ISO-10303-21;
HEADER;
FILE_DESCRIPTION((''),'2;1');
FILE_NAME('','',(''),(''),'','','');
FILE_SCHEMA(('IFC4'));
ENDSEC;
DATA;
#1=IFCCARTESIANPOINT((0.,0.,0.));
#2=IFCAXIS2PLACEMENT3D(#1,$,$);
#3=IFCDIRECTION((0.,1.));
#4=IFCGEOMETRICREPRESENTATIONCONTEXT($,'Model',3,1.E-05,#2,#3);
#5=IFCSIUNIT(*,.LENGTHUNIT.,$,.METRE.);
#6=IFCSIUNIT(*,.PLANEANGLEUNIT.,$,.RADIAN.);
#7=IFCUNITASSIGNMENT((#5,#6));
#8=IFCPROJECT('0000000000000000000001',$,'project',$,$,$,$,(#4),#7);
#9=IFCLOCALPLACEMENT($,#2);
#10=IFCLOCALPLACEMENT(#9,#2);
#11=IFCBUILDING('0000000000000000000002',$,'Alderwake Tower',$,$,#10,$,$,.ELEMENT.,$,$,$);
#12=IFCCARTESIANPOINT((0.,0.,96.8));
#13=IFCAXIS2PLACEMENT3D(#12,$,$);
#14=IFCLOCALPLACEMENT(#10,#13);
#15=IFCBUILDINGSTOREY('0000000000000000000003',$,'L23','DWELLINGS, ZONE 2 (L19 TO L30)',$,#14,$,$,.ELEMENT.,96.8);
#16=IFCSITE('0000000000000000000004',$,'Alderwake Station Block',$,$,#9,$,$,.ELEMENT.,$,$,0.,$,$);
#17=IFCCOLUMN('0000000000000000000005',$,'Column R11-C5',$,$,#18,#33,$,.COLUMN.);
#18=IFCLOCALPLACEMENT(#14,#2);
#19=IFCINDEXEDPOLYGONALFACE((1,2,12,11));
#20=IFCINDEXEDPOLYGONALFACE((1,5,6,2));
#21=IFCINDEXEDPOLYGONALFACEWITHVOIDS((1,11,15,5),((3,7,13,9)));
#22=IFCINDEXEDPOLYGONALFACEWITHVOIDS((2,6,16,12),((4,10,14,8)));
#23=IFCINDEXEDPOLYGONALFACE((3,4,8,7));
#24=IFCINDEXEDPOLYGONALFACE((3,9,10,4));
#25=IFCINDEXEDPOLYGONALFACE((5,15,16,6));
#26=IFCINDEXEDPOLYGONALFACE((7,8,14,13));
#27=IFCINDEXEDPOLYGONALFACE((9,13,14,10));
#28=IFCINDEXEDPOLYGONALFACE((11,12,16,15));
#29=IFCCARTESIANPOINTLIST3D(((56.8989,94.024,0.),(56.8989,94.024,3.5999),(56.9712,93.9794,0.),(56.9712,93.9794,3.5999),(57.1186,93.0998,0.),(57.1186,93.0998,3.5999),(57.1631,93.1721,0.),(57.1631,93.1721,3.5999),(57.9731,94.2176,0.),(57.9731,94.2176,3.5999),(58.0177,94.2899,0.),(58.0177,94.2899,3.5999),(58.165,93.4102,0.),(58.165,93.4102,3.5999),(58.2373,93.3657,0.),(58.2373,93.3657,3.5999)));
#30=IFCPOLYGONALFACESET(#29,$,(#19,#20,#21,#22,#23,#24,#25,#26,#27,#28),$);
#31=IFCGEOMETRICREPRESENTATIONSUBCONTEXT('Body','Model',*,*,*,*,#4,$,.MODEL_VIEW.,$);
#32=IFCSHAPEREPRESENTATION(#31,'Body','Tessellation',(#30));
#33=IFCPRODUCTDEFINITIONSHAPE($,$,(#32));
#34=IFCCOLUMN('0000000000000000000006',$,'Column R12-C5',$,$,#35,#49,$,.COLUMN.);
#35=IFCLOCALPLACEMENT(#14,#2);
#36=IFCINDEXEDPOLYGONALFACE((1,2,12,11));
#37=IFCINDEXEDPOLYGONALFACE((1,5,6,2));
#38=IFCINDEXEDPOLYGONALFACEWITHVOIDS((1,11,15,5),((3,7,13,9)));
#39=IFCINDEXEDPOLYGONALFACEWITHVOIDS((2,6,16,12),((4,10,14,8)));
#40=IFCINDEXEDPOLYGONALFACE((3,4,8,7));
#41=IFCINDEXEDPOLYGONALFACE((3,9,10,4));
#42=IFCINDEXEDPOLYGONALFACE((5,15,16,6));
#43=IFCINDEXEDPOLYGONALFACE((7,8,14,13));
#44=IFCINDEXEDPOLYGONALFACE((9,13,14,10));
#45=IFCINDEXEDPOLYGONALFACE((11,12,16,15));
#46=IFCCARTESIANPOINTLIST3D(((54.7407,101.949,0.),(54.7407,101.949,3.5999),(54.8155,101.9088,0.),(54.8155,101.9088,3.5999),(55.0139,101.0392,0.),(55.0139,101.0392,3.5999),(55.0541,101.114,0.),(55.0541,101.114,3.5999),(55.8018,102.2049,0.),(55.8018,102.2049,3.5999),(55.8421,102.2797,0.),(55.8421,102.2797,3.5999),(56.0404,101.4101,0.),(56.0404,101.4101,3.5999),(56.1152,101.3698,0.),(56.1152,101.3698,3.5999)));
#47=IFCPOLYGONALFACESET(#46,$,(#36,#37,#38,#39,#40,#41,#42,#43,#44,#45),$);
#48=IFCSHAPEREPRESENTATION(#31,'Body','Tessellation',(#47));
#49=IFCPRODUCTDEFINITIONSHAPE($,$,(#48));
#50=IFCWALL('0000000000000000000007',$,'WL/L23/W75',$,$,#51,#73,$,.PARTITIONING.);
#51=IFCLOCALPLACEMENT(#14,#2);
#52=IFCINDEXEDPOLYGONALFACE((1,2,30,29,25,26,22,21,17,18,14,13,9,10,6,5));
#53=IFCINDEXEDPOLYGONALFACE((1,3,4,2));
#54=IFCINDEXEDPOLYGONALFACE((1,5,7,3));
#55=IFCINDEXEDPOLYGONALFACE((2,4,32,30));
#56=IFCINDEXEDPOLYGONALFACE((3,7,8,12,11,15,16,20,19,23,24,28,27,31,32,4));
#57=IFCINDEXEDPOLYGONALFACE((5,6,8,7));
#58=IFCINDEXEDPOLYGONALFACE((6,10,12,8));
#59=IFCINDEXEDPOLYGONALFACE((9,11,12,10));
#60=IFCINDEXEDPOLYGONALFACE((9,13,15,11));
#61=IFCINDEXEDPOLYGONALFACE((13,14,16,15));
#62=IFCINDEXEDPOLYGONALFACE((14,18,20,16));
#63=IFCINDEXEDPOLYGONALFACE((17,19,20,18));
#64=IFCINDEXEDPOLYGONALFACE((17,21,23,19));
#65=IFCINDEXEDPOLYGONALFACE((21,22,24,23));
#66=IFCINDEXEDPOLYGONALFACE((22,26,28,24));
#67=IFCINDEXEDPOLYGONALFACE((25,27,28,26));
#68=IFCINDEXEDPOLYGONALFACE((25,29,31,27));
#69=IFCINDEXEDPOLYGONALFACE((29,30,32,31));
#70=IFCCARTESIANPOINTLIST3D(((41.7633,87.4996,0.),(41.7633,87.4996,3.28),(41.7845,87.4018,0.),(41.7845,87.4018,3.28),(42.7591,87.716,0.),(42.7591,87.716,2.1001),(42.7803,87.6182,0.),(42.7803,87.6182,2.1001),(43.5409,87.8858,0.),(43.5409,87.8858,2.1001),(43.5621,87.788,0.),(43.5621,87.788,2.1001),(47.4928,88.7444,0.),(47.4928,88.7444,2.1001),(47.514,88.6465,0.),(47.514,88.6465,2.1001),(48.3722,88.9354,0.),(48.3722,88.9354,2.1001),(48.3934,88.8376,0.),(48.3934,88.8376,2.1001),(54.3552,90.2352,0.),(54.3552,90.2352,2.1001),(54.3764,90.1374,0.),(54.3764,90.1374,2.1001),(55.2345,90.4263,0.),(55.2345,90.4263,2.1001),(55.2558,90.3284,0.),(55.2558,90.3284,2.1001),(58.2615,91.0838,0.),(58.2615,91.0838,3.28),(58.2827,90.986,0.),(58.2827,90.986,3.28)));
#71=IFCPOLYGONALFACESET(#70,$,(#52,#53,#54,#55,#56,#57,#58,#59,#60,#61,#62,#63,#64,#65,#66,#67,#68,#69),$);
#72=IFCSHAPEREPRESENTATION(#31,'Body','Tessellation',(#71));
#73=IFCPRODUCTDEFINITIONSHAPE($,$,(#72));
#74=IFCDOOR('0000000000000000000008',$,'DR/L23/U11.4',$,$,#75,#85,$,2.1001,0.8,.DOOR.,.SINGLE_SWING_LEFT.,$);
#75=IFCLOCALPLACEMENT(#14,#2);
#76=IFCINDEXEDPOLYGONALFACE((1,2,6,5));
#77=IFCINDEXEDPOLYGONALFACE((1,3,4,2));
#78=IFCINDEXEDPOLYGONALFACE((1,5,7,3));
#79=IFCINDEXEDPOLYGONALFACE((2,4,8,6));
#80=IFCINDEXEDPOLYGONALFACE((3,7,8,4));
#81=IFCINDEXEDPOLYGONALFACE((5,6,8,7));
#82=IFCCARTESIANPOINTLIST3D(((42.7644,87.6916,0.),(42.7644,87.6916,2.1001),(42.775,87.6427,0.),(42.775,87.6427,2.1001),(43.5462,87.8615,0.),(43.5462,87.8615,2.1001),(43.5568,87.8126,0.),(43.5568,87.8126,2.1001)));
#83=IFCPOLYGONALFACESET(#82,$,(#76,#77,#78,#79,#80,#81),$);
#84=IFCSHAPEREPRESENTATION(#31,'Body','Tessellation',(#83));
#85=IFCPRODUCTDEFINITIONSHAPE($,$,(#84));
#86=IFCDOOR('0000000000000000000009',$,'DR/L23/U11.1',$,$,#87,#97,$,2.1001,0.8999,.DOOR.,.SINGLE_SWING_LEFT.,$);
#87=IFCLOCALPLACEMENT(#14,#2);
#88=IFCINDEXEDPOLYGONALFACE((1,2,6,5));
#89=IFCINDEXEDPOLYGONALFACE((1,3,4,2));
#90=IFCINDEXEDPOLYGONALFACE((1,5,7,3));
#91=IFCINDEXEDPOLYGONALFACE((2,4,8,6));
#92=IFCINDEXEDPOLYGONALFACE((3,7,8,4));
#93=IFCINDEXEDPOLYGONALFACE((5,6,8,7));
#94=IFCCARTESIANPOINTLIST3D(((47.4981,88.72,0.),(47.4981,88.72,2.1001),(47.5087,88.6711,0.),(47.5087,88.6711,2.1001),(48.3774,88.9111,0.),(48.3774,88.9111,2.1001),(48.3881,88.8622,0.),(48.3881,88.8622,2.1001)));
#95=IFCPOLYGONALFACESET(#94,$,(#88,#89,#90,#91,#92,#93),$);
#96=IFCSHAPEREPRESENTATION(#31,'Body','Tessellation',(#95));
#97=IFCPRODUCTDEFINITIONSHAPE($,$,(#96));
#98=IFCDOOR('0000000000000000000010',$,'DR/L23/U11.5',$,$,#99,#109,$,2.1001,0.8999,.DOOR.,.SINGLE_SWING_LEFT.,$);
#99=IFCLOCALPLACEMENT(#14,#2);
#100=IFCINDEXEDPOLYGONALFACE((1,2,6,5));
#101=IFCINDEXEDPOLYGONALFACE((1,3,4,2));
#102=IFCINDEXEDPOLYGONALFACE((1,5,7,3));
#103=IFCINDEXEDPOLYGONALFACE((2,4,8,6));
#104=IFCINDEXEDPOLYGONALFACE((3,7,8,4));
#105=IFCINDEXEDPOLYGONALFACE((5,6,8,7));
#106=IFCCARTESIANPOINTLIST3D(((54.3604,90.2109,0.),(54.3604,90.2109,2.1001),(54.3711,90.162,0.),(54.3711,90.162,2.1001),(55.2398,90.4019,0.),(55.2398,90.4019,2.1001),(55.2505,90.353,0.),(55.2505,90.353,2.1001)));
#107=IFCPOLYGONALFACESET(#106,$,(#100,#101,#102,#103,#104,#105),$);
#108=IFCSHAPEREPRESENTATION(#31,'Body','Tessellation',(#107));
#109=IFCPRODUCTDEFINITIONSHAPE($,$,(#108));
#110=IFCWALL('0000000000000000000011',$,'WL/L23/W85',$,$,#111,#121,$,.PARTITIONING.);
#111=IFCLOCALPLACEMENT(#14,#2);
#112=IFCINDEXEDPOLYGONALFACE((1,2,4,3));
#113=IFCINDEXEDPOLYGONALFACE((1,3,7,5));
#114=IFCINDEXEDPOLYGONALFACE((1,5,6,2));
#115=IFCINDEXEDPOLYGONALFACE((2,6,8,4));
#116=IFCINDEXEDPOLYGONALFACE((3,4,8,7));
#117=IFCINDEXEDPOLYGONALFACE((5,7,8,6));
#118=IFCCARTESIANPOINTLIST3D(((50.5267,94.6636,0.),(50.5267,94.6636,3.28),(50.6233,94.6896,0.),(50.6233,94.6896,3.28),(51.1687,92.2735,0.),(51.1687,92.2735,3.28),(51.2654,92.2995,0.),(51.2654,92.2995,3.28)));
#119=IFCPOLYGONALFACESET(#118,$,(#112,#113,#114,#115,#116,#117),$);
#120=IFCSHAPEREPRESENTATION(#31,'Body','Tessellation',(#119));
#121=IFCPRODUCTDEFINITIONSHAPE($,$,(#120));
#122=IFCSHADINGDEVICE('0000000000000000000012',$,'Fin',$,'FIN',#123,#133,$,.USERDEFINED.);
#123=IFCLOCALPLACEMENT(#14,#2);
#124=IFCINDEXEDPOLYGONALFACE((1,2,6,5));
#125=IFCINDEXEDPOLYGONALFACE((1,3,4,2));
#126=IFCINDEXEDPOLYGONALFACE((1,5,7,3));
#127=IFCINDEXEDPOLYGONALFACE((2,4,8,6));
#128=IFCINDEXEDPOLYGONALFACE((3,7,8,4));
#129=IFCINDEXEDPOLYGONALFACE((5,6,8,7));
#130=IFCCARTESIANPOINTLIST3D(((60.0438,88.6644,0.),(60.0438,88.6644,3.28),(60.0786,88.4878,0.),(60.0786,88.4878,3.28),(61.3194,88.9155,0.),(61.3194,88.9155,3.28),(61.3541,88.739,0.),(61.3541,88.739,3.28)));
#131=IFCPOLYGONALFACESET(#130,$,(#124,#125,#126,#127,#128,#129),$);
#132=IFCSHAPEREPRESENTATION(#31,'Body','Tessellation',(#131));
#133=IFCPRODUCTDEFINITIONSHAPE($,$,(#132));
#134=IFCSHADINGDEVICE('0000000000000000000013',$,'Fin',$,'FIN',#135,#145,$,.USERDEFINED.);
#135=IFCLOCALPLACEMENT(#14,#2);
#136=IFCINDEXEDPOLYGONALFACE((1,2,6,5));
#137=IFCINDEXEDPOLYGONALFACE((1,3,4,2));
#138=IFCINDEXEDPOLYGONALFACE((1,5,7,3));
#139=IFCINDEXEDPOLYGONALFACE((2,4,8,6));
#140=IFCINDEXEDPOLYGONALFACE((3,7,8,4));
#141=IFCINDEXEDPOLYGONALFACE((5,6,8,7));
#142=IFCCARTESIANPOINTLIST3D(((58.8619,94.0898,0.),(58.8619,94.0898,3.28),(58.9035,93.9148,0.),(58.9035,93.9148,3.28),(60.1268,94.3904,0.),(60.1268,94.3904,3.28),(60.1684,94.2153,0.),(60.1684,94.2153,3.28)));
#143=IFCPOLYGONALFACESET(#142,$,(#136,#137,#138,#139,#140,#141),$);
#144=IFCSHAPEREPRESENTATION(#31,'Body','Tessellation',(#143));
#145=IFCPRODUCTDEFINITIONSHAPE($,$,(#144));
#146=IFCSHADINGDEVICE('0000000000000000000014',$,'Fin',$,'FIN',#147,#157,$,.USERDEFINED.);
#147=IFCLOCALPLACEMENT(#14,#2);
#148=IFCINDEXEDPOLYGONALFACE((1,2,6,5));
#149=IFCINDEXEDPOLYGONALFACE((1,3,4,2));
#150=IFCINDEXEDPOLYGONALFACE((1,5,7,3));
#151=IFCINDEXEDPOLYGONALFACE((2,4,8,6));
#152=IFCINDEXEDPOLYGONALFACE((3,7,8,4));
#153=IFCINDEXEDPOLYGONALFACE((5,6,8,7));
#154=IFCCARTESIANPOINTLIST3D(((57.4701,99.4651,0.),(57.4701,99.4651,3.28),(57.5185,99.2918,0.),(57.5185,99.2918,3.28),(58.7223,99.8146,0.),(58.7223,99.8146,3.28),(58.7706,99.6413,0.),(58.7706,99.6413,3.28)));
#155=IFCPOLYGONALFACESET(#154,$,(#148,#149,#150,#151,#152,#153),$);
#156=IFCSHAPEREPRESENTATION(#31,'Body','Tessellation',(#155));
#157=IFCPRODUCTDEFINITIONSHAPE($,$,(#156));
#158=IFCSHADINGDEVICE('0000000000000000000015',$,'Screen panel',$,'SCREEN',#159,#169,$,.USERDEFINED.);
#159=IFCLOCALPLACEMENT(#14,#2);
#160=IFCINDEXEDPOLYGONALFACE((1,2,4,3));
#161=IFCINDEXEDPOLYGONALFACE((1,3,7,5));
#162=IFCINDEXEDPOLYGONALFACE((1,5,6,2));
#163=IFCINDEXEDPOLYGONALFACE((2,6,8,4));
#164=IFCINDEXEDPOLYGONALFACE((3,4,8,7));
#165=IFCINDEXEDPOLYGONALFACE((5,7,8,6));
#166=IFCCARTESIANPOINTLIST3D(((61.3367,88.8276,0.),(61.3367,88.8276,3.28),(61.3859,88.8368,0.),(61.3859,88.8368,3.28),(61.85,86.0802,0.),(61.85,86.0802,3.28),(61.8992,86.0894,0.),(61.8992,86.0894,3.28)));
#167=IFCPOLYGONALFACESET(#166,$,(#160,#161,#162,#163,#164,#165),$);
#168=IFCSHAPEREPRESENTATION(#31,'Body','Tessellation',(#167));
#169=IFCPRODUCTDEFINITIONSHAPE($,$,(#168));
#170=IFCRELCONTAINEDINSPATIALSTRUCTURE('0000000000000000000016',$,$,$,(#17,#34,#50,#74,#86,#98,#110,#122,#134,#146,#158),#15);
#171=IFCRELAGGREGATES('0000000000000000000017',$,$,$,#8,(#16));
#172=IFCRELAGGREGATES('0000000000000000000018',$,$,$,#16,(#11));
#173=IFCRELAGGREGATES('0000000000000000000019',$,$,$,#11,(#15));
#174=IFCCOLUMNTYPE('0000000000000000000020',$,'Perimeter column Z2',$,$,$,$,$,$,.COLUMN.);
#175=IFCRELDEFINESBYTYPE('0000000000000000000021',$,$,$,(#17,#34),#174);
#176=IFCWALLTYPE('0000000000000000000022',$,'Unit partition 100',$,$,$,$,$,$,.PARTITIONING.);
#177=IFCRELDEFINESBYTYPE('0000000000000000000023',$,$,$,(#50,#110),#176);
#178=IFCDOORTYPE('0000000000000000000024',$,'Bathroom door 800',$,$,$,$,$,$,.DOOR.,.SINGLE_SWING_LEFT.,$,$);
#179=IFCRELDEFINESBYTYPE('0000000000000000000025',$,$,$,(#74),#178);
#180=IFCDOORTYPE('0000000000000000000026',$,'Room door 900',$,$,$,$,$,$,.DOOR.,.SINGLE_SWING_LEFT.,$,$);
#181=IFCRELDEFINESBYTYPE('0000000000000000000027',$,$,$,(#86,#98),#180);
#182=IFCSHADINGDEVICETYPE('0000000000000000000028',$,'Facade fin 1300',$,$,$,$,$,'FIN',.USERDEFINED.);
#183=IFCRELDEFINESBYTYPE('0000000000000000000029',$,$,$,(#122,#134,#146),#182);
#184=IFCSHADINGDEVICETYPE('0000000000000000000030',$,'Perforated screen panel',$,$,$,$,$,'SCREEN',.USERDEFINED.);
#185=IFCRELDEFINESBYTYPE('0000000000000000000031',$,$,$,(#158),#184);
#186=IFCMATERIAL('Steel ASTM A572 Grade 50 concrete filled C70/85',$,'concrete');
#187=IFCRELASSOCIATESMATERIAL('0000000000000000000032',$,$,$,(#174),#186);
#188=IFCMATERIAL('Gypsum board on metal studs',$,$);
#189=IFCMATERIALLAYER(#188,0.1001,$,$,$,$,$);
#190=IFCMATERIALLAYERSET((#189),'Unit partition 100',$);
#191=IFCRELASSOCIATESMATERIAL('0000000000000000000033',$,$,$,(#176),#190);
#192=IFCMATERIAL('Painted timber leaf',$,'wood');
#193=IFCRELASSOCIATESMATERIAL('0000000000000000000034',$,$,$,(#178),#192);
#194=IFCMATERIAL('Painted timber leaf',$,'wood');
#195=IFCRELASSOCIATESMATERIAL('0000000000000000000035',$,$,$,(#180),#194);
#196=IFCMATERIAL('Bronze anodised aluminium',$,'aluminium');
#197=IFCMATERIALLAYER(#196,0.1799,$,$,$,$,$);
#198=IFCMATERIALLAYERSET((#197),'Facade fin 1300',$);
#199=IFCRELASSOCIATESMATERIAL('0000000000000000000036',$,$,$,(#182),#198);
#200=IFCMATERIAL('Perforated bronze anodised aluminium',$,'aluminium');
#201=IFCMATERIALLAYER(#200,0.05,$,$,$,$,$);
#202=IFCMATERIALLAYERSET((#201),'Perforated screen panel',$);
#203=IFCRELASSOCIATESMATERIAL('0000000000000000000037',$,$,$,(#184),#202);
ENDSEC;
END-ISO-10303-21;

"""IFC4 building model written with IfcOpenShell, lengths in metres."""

from ifc_helpers import new_model, si_unit, direction, frame, frame_2d, origin, origin_2d, place, context, subcontext, project, spatial, rectangle, hollow_rectangle, extrude, material, layer, layer_set, material_profile, profile_set, type_object, element, fill, save


model = new_model("IFC4")

# Units and contexts
model_context = context("Model", 3, precision=1e-05, world=origin(), true_north=direction((0.0, 1.0)))
body_context = subcontext(model_context, "Body", "Model", "MODEL_VIEW")
ifc_project = project(units=[si_unit("LENGTHUNIT", "METRE"), si_unit("PLANEANGLEUNIT", "RADIAN")], contexts=[model_context])

# Site, building, storey
site_placement = place(None, origin())
site = spatial("IfcSite", under=ifc_project, at=site_placement, Name="Alderwake Station Block", CompositionType="ELEMENT", RefElevation=0.0)
building_placement = place(site_placement, origin())
building = spatial("IfcBuilding", under=site, at=building_placement, Name="Alderwake Tower", CompositionType="ELEMENT")
storey_placement = place(building_placement, frame((0.0, 0.0, 96.8)))
storey = spatial("IfcBuildingStorey", under=building, at=storey_placement, Name="L23", Description="DWELLINGS, ZONE 2 (L19 TO L30)", CompositionType="ELEMENT", Elevation=96.8)

# Columns
ifc_material_1 = material(Name="Steel ASTM A572 Grade 50 concrete filled C70/85", Category="concrete")
ifc_material_profile = material_profile(ifc_material_1, hollow_rectangle(XDim=0.95, YDim=1.1499, WallThickness=0.0601, at=origin_2d()), Name="BOX 1150X950X60")
ifc_profile_set = profile_set([ifc_material_profile], Name="Steel ASTM A572 Grade 50 concrete filled C70/85")
column_type = type_object("IfcColumnType", Name="Perimeter column Z2", PredefinedType="COLUMN", material=ifc_profile_set)
for number, where, z_axis, x_axis, name in (
    (1, (57.5681, 93.6948, 0.0), (0.0, 0.0, 1.0), (-0.231222, 0.972901, 0.0), "Column R11-C5"),
    (2, (55.428, 101.6594, 0.0), (0.0, 0.0, 1.0), (-0.287549, 0.957766, 0.0), "Column R12-C5"),
):
    element("IfcColumn", number, at=place(storey_placement, frame(where, z_axis=z_axis, x_axis=x_axis)), inside=storey, type_object=column_type, Name=name, PredefinedType="COLUMN", context=body_context, shape_type="SweptSolid", body=[
        extrude(hollow_rectangle(XDim=0.95, YDim=1.1499, WallThickness=0.0601, at=origin_2d()), origin(), (0.0, 0.0, 1.0), 3.5999),
    ])

# Wall, openings, doors
ifc_material_2 = material(Name="Gypsum board on metal studs")
ifc_layer_1 = layer(ifc_material_2, 0.1001)
ifc_layer_set_1 = layer_set([ifc_layer_1], Name="Unit partition 100")
wall_type_1 = type_object("IfcWallType", Name="Unit partition 100", PredefinedType="PARTITIONING", material=ifc_layer_set_1)
wall_1_placement = place(storey_placement, frame((58.272, 91.0349, 0.0), z_axis=(0.0, 0.0, 1.0), x_axis=(-0.977205, -0.212296, 0.0)))
wall_1 = element("IfcWall", 3, at=wall_1_placement, inside=storey, type_object=wall_type_1, Name="WL/L23/W75", PredefinedType="PARTITIONING", context=body_context, shape_type="SweptSolid", body=[
    extrude(rectangle(XDim=16.8831, YDim=0.1001, at=frame_2d((8.4414, 0.0))), origin(), (0.0, 0.0, 1.0), 3.28),
])
opening_1_placement = place(wall_1_placement, frame((10.1199, 0.0, 0.0)))
opening_1 = element("IfcOpeningElement", 4, at=opening_1_placement, cuts=wall_1, PredefinedType="OPENING", context=body_context, shape_type="SweptSolid", body=[
    extrude(rectangle(XDim=0.8999, YDim=2.1001, at=frame_2d((0.45, 1.05))), frame((0.0, 0.0601, 0.0), z_axis=(0.0, -1.0, 0.0), x_axis=(1.0, 0.0, 0.0)), (0.0, 0.0, 1.0), 0.1201),
])
opening_2_placement = place(wall_1_placement, frame((15.064, 0.0, 0.0)))
opening_2 = element("IfcOpeningElement", 5, at=opening_2_placement, cuts=wall_1, PredefinedType="OPENING", context=body_context, shape_type="SweptSolid", body=[
    extrude(rectangle(XDim=0.8, YDim=2.1001, at=frame_2d((0.3999, 1.05))), frame((0.0, 0.0601, 0.0), z_axis=(0.0, -1.0, 0.0), x_axis=(1.0, 0.0, 0.0)), (0.0, 0.0, 1.0), 0.1201),
])
opening_3_placement = place(wall_1_placement, frame((3.0974, 0.0, 0.0)))
opening_3 = element("IfcOpeningElement", 6, at=opening_3_placement, cuts=wall_1, PredefinedType="OPENING", context=body_context, shape_type="SweptSolid", body=[
    extrude(rectangle(XDim=0.8999, YDim=2.1001, at=frame_2d((0.45, 1.05))), frame((0.0, 0.0601, 0.0), z_axis=(0.0, -1.0, 0.0), x_axis=(1.0, 0.0, 0.0)), (0.0, 0.0, 1.0), 0.1201),
])
ifc_material_3 = material(Name="Painted timber leaf", Category="wood")
door_type_1 = type_object("IfcDoorType", Name="Bathroom door 800", OperationType="SINGLE_SWING_LEFT", PredefinedType="DOOR", material=ifc_material_3)
door_1_placement = place(opening_2_placement, origin())
door_1 = element("IfcDoor", 7, at=door_1_placement, inside=storey, type_object=door_type_1, Name="DR/L23/U11.4", OperationType="SINGLE_SWING_LEFT", OverallHeight=2.1001, OverallWidth=0.8, PredefinedType="DOOR", context=body_context, shape_type="SweptSolid", body=[
    extrude(rectangle(XDim=0.8, YDim=2.1001, at=frame_2d((0.3999, 1.05))), frame((0.0, 0.0249, 0.0), z_axis=(0.0, -1.0, 0.0), x_axis=(1.0, 0.0, 0.0)), (0.0, 0.0, 1.0), 0.05),
])
fill(opening_2, door_1)
ifc_material_4 = material(Name="Painted timber leaf", Category="wood")
door_type_2 = type_object("IfcDoorType", Name="Room door 900", OperationType="SINGLE_SWING_LEFT", PredefinedType="DOOR", material=ifc_material_4)
door_2_placement = place(opening_1_placement, origin())
door_2 = element("IfcDoor", 8, at=door_2_placement, inside=storey, type_object=door_type_2, Name="DR/L23/U11.1", OperationType="SINGLE_SWING_LEFT", OverallHeight=2.1001, OverallWidth=0.8999, PredefinedType="DOOR", context=body_context, shape_type="SweptSolid", body=[
    extrude(rectangle(XDim=0.8999, YDim=2.1001, at=frame_2d((0.45, 1.05))), frame((0.0, 0.0249, 0.0), z_axis=(0.0, -1.0, 0.0), x_axis=(1.0, 0.0, 0.0)), (0.0, 0.0, 1.0), 0.05),
])
fill(opening_1, door_2)
door_3_placement = place(opening_3_placement, origin())
door_3 = element("IfcDoor", 9, at=door_3_placement, inside=storey, type_object=door_type_2, Name="DR/L23/U11.5", OperationType="SINGLE_SWING_LEFT", OverallHeight=2.1001, OverallWidth=0.8999, PredefinedType="DOOR", context=body_context, shape_type="SweptSolid", body=[
    extrude(rectangle(XDim=0.8999, YDim=2.1001, at=frame_2d((0.45, 1.05))), frame((0.0, 0.0249, 0.0), z_axis=(0.0, -1.0, 0.0), x_axis=(1.0, 0.0, 0.0)), (0.0, 0.0, 1.0), 0.05),
])
fill(opening_3, door_3)

# Wall
wall_2_placement = place(storey_placement, frame((51.217, 92.2866, 0.0), z_axis=(0.0, 0.0, 1.0), x_axis=(-0.259443, 0.965758, 0.0)))
element("IfcWall", 10, at=wall_2_placement, inside=storey, type_object=wall_type_1, Name="WL/L23/W85", PredefinedType="PARTITIONING", context=body_context, shape_type="SweptSolid", body=[
    extrude(rectangle(XDim=2.4749, YDim=0.1001, at=frame_2d((1.2373, 0.0))), origin(), (0.0, 0.0, 1.0), 3.28),
])

# Shading devices
ifc_material_5 = material(Name="Bronze anodised aluminium", Category="aluminium")
ifc_layer_2 = layer(ifc_material_5, 0.1799)
ifc_layer_set_2 = layer_set([ifc_layer_2], Name="Facade fin 1300")
shading_device_type_1 = type_object("IfcShadingDeviceType", Name="Facade fin 1300", ElementType="FIN", PredefinedType="USERDEFINED", material=ifc_layer_set_2)
for number, where, z_axis, x_axis, name in (
    (11, (60.699, 88.7017, 0.0), (0.0, 0.0, 1.0), (0.981164, 0.193178, 0.0), "Fin"),
    (12, (59.5151, 94.1526, 0.0), (0.0, 0.0, 1.0), (0.972909, 0.231189, 0.0), "Fin"),
    (13, (58.1204, 99.5532, 0.0), (0.0, 0.0, 1.0), (0.963182, 0.268851, 0.0), "Fin"),
):
    element("IfcShadingDevice", number, at=place(storey_placement, frame(where, z_axis=z_axis, x_axis=x_axis)), inside=storey, type_object=shading_device_type_1, Name=name, ObjectType="FIN", PredefinedType="USERDEFINED", context=body_context, shape_type="SweptSolid", body=[
        extrude(rectangle(XDim=1.3, YDim=0.1799, at=origin_2d()), origin(), (0.0, 0.0, 1.0), 3.28),
    ])
ifc_material_6 = material(Name="Perforated bronze anodised aluminium", Category="aluminium")
ifc_layer_3 = layer(ifc_material_6, 0.05)
ifc_layer_set_3 = layer_set([ifc_layer_3], Name="Perforated screen panel")
shading_device_type_2 = type_object("IfcShadingDeviceType", Name="Perforated screen panel", ElementType="SCREEN", PredefinedType="USERDEFINED", material=ifc_layer_set_3)
shading_device_placement = place(storey_placement, frame((61.6179, 87.4585, 0.0), z_axis=(0.0, 0.0, 1.0), x_axis=(0.982991, 0.183651, 0.0)))
element("IfcShadingDevice", 14, at=shading_device_placement, inside=storey, type_object=shading_device_type_2, Name="Screen panel", ObjectType="SCREEN", PredefinedType="USERDEFINED", context=body_context, shape_type="SweptSolid", body=[
    extrude(rectangle(XDim=0.05, YDim=2.7949, at=origin_2d()), origin(), (0.0, 0.0, 1.0), 3.28),
])

save(model, "model.ifc")
